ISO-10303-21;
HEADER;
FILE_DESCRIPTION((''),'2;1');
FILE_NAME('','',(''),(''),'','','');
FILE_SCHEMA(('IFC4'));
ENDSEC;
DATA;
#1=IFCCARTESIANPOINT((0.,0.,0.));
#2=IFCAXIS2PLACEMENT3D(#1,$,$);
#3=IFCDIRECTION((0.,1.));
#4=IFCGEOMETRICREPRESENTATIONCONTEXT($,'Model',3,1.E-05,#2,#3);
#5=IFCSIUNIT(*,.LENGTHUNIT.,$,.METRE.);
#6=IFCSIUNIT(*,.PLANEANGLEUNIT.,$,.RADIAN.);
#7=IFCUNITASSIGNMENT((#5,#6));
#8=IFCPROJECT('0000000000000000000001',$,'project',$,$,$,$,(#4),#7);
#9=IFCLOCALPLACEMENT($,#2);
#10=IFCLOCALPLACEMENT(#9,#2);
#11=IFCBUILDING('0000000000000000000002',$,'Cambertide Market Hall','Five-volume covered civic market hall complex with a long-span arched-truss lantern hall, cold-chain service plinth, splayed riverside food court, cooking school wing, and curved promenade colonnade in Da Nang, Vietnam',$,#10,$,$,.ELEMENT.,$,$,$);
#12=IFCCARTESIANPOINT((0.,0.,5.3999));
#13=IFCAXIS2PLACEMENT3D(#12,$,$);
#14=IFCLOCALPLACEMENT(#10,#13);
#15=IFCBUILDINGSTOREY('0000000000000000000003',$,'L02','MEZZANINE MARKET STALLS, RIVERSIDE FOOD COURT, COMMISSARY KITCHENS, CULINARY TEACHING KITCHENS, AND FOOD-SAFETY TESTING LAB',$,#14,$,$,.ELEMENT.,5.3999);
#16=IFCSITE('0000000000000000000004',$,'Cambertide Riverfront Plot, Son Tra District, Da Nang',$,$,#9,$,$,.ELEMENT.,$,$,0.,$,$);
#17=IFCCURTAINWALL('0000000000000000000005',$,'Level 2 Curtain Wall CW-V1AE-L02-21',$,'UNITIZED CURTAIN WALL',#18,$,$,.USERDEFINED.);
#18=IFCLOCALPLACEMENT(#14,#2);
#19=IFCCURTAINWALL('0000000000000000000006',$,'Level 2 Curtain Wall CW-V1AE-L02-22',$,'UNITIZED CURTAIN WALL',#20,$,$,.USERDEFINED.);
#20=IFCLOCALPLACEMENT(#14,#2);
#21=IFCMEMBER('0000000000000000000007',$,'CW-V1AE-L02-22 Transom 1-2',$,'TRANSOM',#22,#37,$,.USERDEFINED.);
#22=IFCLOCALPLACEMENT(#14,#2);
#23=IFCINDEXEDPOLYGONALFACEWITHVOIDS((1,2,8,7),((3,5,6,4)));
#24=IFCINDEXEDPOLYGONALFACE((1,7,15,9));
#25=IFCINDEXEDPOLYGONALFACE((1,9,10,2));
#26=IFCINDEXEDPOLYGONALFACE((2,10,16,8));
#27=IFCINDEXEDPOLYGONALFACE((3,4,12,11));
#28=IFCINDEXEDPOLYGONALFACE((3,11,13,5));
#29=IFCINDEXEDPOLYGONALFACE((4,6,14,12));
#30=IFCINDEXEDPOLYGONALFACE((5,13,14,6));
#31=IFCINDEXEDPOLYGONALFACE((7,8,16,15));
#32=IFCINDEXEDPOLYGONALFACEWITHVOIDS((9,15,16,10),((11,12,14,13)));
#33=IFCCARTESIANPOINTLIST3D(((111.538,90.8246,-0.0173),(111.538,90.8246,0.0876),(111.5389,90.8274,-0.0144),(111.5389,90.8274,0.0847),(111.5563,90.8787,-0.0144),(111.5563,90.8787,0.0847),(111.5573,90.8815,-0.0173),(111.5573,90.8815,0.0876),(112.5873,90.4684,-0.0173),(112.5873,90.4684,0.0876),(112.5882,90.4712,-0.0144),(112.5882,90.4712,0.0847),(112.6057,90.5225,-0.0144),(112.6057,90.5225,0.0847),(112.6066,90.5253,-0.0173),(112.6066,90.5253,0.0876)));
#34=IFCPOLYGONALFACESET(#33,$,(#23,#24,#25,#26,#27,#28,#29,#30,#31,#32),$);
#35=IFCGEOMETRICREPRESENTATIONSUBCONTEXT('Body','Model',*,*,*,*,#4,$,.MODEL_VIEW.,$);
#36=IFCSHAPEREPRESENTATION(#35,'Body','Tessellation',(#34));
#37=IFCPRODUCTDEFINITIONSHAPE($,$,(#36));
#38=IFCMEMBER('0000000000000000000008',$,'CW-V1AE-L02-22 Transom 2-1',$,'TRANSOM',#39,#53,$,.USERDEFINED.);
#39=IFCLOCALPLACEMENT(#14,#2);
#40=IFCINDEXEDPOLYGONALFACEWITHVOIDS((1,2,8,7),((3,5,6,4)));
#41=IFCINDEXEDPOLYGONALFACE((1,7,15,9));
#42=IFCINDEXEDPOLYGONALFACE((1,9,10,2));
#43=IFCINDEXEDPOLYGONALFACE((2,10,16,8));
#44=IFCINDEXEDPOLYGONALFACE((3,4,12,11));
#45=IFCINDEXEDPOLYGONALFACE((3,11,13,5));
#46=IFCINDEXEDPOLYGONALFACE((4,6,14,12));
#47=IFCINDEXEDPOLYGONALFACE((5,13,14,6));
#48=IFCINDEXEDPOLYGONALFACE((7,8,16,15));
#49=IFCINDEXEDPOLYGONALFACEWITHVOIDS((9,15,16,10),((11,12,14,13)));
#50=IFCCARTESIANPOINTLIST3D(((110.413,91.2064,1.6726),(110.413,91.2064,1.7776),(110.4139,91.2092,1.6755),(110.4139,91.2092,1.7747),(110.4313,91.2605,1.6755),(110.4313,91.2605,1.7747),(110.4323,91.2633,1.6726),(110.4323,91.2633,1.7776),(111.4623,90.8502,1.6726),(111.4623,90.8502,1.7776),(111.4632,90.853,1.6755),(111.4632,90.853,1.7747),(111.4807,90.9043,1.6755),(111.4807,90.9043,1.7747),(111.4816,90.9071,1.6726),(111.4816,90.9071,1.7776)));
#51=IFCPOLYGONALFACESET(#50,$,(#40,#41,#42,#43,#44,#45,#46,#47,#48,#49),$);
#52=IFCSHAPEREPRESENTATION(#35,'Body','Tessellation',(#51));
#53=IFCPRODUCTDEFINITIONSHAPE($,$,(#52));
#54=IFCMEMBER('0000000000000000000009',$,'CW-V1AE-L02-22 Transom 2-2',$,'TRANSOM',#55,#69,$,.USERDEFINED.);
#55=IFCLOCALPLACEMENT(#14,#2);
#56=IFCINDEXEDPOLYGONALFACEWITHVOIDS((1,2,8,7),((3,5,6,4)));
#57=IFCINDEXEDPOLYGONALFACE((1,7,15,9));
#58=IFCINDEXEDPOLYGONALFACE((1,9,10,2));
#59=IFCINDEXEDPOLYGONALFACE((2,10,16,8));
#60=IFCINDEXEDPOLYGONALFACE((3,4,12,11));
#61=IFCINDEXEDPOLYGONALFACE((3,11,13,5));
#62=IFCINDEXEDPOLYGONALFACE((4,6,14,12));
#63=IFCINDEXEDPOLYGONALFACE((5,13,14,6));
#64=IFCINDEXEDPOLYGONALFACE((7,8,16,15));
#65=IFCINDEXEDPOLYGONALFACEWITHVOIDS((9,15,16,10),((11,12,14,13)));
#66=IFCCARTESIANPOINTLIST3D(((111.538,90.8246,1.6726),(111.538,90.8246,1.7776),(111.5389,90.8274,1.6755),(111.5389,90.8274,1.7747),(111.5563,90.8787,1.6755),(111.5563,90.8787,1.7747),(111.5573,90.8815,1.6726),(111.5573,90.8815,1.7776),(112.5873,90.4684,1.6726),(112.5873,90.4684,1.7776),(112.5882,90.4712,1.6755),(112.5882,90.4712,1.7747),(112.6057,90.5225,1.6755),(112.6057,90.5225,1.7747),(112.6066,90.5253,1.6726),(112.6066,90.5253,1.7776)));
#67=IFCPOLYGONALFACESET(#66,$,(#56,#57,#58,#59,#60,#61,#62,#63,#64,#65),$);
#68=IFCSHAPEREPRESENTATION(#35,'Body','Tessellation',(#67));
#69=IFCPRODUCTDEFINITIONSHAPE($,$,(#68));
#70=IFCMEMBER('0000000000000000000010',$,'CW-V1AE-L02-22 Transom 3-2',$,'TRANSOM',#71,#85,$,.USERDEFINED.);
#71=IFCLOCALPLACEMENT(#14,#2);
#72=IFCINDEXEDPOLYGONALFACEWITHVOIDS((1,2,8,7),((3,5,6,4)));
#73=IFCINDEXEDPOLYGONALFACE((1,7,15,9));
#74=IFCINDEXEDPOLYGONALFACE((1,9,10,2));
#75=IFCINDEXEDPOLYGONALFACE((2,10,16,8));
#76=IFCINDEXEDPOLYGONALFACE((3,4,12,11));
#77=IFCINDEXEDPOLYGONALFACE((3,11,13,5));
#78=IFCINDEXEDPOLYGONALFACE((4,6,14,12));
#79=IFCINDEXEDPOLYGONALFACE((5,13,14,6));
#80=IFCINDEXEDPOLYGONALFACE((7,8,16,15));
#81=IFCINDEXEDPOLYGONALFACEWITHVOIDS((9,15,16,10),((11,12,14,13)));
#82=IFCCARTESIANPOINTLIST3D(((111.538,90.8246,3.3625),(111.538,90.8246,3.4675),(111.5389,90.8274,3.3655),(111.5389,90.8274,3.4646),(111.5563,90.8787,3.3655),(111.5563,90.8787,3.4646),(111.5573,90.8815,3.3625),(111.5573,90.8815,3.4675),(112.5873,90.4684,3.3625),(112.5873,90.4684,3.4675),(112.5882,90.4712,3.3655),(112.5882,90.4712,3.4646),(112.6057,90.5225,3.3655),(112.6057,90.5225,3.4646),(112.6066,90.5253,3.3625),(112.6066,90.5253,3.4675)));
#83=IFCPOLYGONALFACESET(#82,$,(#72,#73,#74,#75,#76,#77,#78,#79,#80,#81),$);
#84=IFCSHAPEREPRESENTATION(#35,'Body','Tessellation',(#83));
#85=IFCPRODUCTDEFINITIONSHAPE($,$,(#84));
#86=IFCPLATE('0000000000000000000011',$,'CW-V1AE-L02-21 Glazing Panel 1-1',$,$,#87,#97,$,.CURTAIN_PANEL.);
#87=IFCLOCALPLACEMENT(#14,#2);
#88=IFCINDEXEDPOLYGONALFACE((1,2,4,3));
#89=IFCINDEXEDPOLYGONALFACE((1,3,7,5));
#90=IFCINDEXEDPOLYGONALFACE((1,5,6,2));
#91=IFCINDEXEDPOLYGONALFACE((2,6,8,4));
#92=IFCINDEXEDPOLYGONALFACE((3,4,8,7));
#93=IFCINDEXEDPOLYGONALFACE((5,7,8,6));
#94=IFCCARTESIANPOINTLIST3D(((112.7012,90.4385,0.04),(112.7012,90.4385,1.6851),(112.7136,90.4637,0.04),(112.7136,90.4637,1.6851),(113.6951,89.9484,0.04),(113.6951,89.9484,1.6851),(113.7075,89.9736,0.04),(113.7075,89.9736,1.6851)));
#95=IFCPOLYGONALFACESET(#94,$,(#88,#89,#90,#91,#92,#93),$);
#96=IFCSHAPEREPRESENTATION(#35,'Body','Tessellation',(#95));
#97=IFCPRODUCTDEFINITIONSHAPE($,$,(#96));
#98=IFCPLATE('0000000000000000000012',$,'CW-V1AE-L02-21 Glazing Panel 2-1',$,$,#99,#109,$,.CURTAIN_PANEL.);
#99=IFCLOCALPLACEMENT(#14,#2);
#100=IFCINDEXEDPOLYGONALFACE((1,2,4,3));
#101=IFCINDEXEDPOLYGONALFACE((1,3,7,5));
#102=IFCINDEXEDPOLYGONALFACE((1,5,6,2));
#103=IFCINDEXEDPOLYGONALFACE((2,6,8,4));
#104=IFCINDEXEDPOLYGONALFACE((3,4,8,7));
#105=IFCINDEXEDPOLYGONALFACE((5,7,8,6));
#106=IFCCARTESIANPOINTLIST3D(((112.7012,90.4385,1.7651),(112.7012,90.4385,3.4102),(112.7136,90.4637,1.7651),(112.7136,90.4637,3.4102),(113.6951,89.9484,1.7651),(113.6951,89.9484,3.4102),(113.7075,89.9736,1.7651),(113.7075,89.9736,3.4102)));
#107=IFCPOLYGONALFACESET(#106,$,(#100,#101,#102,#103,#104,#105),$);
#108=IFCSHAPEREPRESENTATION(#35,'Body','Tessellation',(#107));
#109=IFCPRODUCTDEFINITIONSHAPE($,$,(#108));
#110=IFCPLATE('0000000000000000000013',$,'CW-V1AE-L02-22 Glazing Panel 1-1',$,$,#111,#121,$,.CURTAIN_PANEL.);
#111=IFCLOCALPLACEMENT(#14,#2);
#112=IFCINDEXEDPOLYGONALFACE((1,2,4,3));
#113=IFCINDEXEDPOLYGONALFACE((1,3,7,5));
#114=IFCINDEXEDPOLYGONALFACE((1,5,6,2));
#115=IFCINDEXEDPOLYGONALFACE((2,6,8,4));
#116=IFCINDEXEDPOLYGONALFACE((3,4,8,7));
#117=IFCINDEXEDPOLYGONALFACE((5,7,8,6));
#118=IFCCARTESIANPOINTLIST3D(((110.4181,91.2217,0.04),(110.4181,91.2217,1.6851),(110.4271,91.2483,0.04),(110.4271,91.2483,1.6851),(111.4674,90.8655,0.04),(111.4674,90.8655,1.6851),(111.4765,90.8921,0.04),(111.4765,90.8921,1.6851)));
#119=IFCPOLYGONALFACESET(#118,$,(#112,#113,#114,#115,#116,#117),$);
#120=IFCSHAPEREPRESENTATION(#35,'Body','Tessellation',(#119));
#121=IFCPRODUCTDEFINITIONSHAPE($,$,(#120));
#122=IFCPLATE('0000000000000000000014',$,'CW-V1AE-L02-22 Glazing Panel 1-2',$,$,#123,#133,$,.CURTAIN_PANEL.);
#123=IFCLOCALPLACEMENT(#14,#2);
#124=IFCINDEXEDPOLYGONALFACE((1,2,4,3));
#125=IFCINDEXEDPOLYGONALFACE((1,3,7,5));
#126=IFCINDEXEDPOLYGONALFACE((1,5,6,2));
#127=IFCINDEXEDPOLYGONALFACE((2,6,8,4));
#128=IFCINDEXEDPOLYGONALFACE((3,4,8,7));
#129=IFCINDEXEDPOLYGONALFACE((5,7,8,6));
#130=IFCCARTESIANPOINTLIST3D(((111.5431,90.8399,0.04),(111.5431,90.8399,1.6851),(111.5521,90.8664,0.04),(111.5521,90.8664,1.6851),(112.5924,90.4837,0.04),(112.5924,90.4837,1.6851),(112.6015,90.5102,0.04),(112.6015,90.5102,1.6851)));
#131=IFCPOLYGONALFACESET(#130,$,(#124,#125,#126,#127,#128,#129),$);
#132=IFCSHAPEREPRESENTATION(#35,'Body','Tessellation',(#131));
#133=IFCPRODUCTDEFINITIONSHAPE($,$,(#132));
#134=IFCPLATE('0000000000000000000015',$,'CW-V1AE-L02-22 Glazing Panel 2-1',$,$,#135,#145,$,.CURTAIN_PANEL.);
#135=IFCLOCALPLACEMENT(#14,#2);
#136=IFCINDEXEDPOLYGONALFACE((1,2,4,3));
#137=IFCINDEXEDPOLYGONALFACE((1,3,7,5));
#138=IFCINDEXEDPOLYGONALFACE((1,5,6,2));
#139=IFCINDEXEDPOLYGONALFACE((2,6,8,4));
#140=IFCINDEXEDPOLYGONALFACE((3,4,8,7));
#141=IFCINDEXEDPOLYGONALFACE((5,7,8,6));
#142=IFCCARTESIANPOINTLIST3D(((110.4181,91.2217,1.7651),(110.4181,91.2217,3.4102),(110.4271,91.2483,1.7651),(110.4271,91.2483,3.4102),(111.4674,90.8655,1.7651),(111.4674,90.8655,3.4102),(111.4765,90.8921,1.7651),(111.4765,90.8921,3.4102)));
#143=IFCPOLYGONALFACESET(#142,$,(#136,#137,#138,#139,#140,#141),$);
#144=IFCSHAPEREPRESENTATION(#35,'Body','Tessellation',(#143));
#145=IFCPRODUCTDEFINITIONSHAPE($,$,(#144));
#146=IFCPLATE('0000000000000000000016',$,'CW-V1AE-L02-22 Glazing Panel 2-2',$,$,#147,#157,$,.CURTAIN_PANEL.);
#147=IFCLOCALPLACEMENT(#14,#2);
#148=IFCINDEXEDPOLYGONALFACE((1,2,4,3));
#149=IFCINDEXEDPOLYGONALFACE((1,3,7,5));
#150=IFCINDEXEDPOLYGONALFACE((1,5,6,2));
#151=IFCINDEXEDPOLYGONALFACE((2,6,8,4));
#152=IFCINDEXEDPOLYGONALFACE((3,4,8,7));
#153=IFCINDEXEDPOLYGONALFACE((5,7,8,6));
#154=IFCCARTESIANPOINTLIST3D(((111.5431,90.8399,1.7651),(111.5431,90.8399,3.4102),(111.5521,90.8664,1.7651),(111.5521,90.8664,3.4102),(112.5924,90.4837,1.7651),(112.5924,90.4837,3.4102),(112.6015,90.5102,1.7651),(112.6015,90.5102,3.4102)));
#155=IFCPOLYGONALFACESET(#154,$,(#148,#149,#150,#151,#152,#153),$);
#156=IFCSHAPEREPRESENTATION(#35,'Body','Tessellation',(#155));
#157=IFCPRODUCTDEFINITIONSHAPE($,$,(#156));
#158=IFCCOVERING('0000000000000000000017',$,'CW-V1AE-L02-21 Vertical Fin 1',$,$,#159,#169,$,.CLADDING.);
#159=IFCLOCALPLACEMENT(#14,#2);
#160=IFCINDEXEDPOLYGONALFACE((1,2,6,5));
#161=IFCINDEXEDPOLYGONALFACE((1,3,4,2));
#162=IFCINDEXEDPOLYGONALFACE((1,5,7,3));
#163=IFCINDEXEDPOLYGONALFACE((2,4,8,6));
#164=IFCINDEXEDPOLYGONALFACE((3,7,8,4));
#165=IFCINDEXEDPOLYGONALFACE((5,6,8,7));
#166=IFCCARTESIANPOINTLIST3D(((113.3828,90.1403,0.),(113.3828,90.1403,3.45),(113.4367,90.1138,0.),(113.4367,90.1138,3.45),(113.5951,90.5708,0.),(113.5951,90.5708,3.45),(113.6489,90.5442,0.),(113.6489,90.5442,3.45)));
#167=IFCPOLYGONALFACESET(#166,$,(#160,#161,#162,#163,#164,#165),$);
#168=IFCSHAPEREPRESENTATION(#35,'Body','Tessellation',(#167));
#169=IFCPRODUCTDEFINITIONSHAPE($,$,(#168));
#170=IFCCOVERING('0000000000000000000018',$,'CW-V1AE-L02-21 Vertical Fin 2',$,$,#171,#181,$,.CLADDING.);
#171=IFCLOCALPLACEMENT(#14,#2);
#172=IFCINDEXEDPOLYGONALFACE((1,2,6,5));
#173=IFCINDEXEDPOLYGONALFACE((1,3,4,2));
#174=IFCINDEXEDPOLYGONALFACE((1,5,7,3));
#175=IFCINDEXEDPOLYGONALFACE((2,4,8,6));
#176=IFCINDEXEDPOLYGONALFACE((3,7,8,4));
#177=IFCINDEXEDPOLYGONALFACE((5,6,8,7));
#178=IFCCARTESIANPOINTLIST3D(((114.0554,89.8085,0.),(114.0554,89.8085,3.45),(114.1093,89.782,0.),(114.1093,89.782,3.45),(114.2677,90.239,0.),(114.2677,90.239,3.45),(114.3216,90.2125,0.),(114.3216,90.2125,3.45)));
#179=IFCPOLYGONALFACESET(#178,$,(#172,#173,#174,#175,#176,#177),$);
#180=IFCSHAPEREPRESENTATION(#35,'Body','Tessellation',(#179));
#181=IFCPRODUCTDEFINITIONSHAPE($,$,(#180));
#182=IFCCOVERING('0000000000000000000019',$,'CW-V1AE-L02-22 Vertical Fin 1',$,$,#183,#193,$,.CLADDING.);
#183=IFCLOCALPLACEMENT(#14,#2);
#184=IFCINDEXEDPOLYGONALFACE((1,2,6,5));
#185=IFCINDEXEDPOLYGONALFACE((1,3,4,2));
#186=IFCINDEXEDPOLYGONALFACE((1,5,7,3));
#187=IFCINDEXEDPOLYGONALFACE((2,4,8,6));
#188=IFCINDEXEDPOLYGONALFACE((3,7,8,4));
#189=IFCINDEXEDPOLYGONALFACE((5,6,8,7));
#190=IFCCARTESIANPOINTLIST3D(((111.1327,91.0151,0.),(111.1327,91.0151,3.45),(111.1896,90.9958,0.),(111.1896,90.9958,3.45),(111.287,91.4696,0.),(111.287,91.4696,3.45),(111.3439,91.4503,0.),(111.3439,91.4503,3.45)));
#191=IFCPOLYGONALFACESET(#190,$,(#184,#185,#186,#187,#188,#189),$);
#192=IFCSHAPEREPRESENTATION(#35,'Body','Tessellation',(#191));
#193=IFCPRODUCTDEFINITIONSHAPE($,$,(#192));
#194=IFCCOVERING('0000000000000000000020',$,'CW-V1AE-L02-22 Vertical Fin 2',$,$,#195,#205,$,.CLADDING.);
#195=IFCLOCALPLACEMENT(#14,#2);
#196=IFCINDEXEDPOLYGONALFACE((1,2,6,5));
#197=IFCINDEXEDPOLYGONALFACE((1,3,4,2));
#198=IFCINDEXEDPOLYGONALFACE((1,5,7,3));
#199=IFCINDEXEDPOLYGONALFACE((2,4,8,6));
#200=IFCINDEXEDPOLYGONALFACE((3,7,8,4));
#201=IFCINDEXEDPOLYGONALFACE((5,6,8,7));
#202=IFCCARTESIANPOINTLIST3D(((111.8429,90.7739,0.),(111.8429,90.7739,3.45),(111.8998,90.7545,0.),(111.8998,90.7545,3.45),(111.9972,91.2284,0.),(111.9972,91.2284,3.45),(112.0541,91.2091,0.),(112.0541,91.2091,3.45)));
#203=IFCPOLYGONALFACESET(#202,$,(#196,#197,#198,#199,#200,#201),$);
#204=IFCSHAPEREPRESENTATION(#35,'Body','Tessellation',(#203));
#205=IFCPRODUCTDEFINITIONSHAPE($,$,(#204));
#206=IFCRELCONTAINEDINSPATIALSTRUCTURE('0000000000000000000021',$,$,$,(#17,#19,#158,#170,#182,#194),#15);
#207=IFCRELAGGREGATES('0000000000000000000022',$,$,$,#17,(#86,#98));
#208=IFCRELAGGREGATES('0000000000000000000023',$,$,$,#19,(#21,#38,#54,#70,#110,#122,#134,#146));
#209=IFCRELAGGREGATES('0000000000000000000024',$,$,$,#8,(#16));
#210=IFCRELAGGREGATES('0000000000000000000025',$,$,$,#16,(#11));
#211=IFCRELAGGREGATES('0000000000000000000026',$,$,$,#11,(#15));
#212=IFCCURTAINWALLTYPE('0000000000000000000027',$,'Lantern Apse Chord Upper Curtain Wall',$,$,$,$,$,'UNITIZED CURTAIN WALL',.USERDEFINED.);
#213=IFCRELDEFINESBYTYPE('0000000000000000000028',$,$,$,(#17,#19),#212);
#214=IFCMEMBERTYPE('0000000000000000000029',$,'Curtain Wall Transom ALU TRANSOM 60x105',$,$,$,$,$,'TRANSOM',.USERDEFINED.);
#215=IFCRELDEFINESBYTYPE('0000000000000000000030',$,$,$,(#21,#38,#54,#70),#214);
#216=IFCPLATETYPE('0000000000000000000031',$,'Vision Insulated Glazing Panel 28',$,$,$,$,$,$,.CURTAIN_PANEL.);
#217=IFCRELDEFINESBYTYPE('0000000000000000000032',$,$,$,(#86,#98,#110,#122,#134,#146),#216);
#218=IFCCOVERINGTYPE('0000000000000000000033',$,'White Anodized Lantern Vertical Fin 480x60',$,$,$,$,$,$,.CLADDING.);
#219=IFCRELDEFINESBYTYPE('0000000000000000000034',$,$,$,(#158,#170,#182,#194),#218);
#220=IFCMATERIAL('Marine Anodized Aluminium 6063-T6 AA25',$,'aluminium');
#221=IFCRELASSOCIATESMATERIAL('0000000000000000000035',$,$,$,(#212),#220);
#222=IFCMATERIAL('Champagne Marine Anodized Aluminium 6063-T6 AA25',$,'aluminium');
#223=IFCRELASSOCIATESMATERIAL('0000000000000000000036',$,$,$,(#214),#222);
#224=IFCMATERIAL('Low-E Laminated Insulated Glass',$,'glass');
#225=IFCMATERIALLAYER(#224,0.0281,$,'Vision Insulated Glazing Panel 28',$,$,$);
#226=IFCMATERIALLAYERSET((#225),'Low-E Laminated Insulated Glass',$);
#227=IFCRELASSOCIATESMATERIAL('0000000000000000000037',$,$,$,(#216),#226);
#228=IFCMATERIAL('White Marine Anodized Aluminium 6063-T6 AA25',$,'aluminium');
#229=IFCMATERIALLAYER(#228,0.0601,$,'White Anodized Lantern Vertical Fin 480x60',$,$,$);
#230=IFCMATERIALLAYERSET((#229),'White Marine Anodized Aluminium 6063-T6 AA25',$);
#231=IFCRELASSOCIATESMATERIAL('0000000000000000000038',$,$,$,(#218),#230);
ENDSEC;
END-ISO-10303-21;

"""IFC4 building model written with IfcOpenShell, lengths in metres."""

from ifc_helpers import new_model, si_unit, direction, frame, origin, origin_2d, place, context, subcontext, project, spatial, rectangle, hollow_rectangle, extrude, material, layer, layer_set, material_profile, profile_set, type_object, element, aggregate, save


model = new_model("IFC4")

# Units and contexts
model_context = context("Model", 3, precision=1e-05, world=origin(), true_north=direction((0.0, 1.0)))
body_context = subcontext(model_context, "Body", "Model", "MODEL_VIEW")
ifc_project = project(units=[si_unit("LENGTHUNIT", "METRE"), si_unit("PLANEANGLEUNIT", "RADIAN")], contexts=[model_context])

# Site, building, storey
site_placement = place(None, origin())
site = spatial("IfcSite", under=ifc_project, at=site_placement, Name="Cambertide Riverfront Plot, Son Tra District, Da Nang", CompositionType="ELEMENT", RefElevation=0.0)
building_placement = place(site_placement, origin())
building = spatial("IfcBuilding", under=site, at=building_placement, Name="Cambertide Market Hall", Description="Five-volume covered civic market hall complex with a long-span arched-truss lantern hall, cold-chain service plinth, splayed riverside food court, cooking school wing, and curved promenade colonnade in Da Nang, Vietnam", CompositionType="ELEMENT")
storey_placement = place(building_placement, frame((0.0, 0.0, 5.3999)))
storey = spatial("IfcBuildingStorey", under=building, at=storey_placement, Name="L02", Description="MEZZANINE MARKET STALLS, RIVERSIDE FOOD COURT, COMMISSARY KITCHENS, CULINARY TEACHING KITCHENS, AND FOOD-SAFETY TESTING LAB", CompositionType="ELEMENT", Elevation=5.3999)

# Curtain walls
ifc_material_1 = material(Name="Marine Anodized Aluminium 6063-T6 AA25", Category="aluminium")
curtain_wall_type = type_object("IfcCurtainWallType", Name="Lantern Apse Chord Upper Curtain Wall", ElementType="UNITIZED CURTAIN WALL", PredefinedType="USERDEFINED", material=ifc_material_1)
curtain_wall_1_placement = place(storey_placement, origin())
curtain_wall_1 = element("IfcCurtainWall", 1, at=curtain_wall_1_placement, inside=storey, type_object=curtain_wall_type, Name="Level 2 Curtain Wall CW-V1AE-L02-21", ObjectType="UNITIZED CURTAIN WALL", PredefinedType="USERDEFINED")
curtain_wall_2_placement = place(storey_placement, origin())
curtain_wall_2 = element("IfcCurtainWall", 2, at=curtain_wall_2_placement, inside=storey, type_object=curtain_wall_type, Name="Level 2 Curtain Wall CW-V1AE-L02-22", ObjectType="UNITIZED CURTAIN WALL", PredefinedType="USERDEFINED")

# Members
ifc_material_2 = material(Name="Champagne Marine Anodized Aluminium 6063-T6 AA25", Category="aluminium")
ifc_material_profile_1 = material_profile(ifc_material_2, hollow_rectangle(XDim=0.0601, YDim=0.105, WallThickness=0.0029, at=origin_2d()), Name="ALU TRANSOM 60x105")
ifc_profile_set_1 = profile_set([ifc_material_profile_1], Name="Champagne Marine Anodized Aluminium 6063-T6 AA25")
member_type_1 = type_object("IfcMemberType", Name="Curtain Wall Transom ALU TRANSOM 60x105", ElementType="TRANSOM", PredefinedType="USERDEFINED", material=ifc_profile_set_1)
member_1_placement = place(storey_placement, frame((111.5476, 90.853, 0.0352), z_axis=(0.946928, -0.321445, 0.0), x_axis=(0.321445, 0.946928, 0.0)))
member_1 = element("IfcMember", 3, at=member_1_placement, type_object=member_type_1, Name="CW-V1AE-L02-22 Transom 1-2", ObjectType="TRANSOM", PredefinedType="USERDEFINED", context=body_context, shape_type="SweptSolid", body=[
    extrude(hollow_rectangle(XDim=0.0601, YDim=0.105, WallThickness=0.0029, at=origin_2d()), origin(), (0.0, 0.0, 1.0), 1.1082),
])
member_2_placement = place(storey_placement, frame((110.4226, 91.2349, 1.7251), z_axis=(0.946928, -0.321445, 0.0), x_axis=(0.321445, 0.946928, 0.0)))
member_2 = element("IfcMember", 4, at=member_2_placement, type_object=member_type_1, Name="CW-V1AE-L02-22 Transom 2-1", ObjectType="TRANSOM", PredefinedType="USERDEFINED", context=body_context, shape_type="SweptSolid", body=[
    extrude(hollow_rectangle(XDim=0.0601, YDim=0.105, WallThickness=0.0029, at=origin_2d()), origin(), (0.0, 0.0, 1.0), 1.1082),
])
member_3_placement = place(storey_placement, frame((111.5476, 90.853, 1.7251), z_axis=(0.946928, -0.321445, 0.0), x_axis=(0.321445, 0.946928, 0.0)))
member_3 = element("IfcMember", 5, at=member_3_placement, type_object=member_type_1, Name="CW-V1AE-L02-22 Transom 2-2", ObjectType="TRANSOM", PredefinedType="USERDEFINED", context=body_context, shape_type="SweptSolid", body=[
    extrude(hollow_rectangle(XDim=0.0601, YDim=0.105, WallThickness=0.0029, at=origin_2d()), origin(), (0.0, 0.0, 1.0), 1.1082),
])
member_4_placement = place(storey_placement, frame((111.5476, 90.853, 3.415), z_axis=(0.946928, -0.321445, 0.0), x_axis=(0.321445, 0.946928, 0.0)))
member_4 = element("IfcMember", 6, at=member_4_placement, type_object=member_type_1, Name="CW-V1AE-L02-22 Transom 3-2", ObjectType="TRANSOM", PredefinedType="USERDEFINED", context=body_context, shape_type="SweptSolid", body=[
    extrude(hollow_rectangle(XDim=0.0601, YDim=0.105, WallThickness=0.0029, at=origin_2d()), origin(), (0.0, 0.0, 1.0), 1.1082),
])

# Plates
ifc_material_3 = material(Name="Low-E Laminated Insulated Glass", Category="glass")
ifc_layer_1 = layer(ifc_material_3, 0.0281, Name="Vision Insulated Glazing Panel 28")
ifc_layer_set_1 = layer_set([ifc_layer_1], Name="Low-E Laminated Insulated Glass")
plate_type = type_object("IfcPlateType", Name="Vision Insulated Glazing Panel 28", PredefinedType="CURTAIN_PANEL", material=ifc_layer_set_1)
plate_1_placement = place(storey_placement, frame((113.2043, 90.2061, 0.04), z_axis=(0.0, 0.0, 1.0), x_axis=(0.896873, -0.442289, 0.0)))
plate_1 = element("IfcPlate", 7, at=plate_1_placement, type_object=plate_type, Name="CW-V1AE-L02-21 Glazing Panel 1-1", PredefinedType="CURTAIN_PANEL", context=body_context, shape_type="SweptSolid", body=[
    extrude(rectangle(XDim=1.1082, YDim=0.0281, at=origin_2d()), origin(), (0.0, 0.0, 1.0), 1.645),
])
plate_2_placement = place(storey_placement, frame((113.2043, 90.2061, 1.7651), z_axis=(0.0, 0.0, 1.0), x_axis=(0.896873, -0.442289, 0.0)))
plate_2 = element("IfcPlate", 8, at=plate_2_placement, type_object=plate_type, Name="CW-V1AE-L02-21 Glazing Panel 2-1", PredefinedType="CURTAIN_PANEL", context=body_context, shape_type="SweptSolid", body=[
    extrude(rectangle(XDim=1.1082, YDim=0.0281, at=origin_2d()), origin(), (0.0, 0.0, 1.0), 1.645),
])
aggregate(curtain_wall_1, [plate_1, plate_2])
plate_3_placement = place(storey_placement, frame((110.9473, 91.0569, 0.04), z_axis=(0.0, 0.0, 1.0), x_axis=(0.94693, -0.321439, 0.0)))
plate_3 = element("IfcPlate", 9, at=plate_3_placement, type_object=plate_type, Name="CW-V1AE-L02-22 Glazing Panel 1-1", PredefinedType="CURTAIN_PANEL", context=body_context, shape_type="SweptSolid", body=[
    extrude(rectangle(XDim=1.1082, YDim=0.0281, at=origin_2d()), origin(), (0.0, 0.0, 1.0), 1.645),
])
plate_4_placement = place(storey_placement, frame((112.0723, 90.675, 0.04), z_axis=(0.0, 0.0, 1.0), x_axis=(0.94693, -0.321439, 0.0)))
plate_4 = element("IfcPlate", 10, at=plate_4_placement, type_object=plate_type, Name="CW-V1AE-L02-22 Glazing Panel 1-2", PredefinedType="CURTAIN_PANEL", context=body_context, shape_type="SweptSolid", body=[
    extrude(rectangle(XDim=1.1082, YDim=0.0281, at=origin_2d()), origin(), (0.0, 0.0, 1.0), 1.645),
])
plate_5_placement = place(storey_placement, frame((110.9473, 91.0569, 1.7651), z_axis=(0.0, 0.0, 1.0), x_axis=(0.94693, -0.321439, 0.0)))
plate_5 = element("IfcPlate", 11, at=plate_5_placement, type_object=plate_type, Name="CW-V1AE-L02-22 Glazing Panel 2-1", PredefinedType="CURTAIN_PANEL", context=body_context, shape_type="SweptSolid", body=[
    extrude(rectangle(XDim=1.1082, YDim=0.0281, at=origin_2d()), origin(), (0.0, 0.0, 1.0), 1.645),
])
plate_6_placement = place(storey_placement, frame((112.0723, 90.675, 1.7651), z_axis=(0.0, 0.0, 1.0), x_axis=(0.94693, -0.321439, 0.0)))
plate_6 = element("IfcPlate", 12, at=plate_6_placement, type_object=plate_type, Name="CW-V1AE-L02-22 Glazing Panel 2-2", PredefinedType="CURTAIN_PANEL", context=body_context, shape_type="SweptSolid", body=[
    extrude(rectangle(XDim=1.1082, YDim=0.0281, at=origin_2d()), origin(), (0.0, 0.0, 1.0), 1.645),
])
aggregate(curtain_wall_2, [member_1, member_2, member_3, member_4, plate_3, plate_4, plate_5, plate_6])

# Coverings
ifc_material_4 = material(Name="White Marine Anodized Aluminium 6063-T6 AA25", Category="aluminium")
ifc_layer_2 = layer(ifc_material_4, 0.0601, Name="White Anodized Lantern Vertical Fin 480x60")
ifc_layer_set_2 = layer_set([ifc_layer_2], Name="White Marine Anodized Aluminium 6063-T6 AA25")
covering_type = type_object("IfcCoveringType", Name="White Anodized Lantern Vertical Fin 480x60", PredefinedType="CLADDING", material=ifc_layer_set_2)
for number, where, z_axis, x_axis, name in (
    (13, (113.5159, 90.3423, 0.0), (0.0, 0.0, 1.0), (0.896873, -0.442289, 0.0), "CW-V1AE-L02-21 Vertical Fin 1"),
    (14, (114.1885, 90.0105, 0.0), (0.0, 0.0, 1.0), (0.896873, -0.442289, 0.0), "CW-V1AE-L02-21 Vertical Fin 2"),
    (15, (111.2383, 91.2327, 0.0), (0.0, 0.0, 1.0), (0.94693, -0.321439, 0.0), "CW-V1AE-L02-22 Vertical Fin 1"),
    (16, (111.9485, 90.9915, 0.0), (0.0, 0.0, 1.0), (0.94693, -0.321439, 0.0), "CW-V1AE-L02-22 Vertical Fin 2"),
):
    element("IfcCovering", number, at=place(storey_placement, frame(where, z_axis=z_axis, x_axis=x_axis)), inside=storey, type_object=covering_type, Name=name, PredefinedType="CLADDING", context=body_context, shape_type="SweptSolid", body=[
        extrude(rectangle(XDim=0.0601, YDim=0.48, at=origin_2d()), origin(), (0.0, 0.0, 1.0), 3.45),
    ])

save(model, "model.ifc")
